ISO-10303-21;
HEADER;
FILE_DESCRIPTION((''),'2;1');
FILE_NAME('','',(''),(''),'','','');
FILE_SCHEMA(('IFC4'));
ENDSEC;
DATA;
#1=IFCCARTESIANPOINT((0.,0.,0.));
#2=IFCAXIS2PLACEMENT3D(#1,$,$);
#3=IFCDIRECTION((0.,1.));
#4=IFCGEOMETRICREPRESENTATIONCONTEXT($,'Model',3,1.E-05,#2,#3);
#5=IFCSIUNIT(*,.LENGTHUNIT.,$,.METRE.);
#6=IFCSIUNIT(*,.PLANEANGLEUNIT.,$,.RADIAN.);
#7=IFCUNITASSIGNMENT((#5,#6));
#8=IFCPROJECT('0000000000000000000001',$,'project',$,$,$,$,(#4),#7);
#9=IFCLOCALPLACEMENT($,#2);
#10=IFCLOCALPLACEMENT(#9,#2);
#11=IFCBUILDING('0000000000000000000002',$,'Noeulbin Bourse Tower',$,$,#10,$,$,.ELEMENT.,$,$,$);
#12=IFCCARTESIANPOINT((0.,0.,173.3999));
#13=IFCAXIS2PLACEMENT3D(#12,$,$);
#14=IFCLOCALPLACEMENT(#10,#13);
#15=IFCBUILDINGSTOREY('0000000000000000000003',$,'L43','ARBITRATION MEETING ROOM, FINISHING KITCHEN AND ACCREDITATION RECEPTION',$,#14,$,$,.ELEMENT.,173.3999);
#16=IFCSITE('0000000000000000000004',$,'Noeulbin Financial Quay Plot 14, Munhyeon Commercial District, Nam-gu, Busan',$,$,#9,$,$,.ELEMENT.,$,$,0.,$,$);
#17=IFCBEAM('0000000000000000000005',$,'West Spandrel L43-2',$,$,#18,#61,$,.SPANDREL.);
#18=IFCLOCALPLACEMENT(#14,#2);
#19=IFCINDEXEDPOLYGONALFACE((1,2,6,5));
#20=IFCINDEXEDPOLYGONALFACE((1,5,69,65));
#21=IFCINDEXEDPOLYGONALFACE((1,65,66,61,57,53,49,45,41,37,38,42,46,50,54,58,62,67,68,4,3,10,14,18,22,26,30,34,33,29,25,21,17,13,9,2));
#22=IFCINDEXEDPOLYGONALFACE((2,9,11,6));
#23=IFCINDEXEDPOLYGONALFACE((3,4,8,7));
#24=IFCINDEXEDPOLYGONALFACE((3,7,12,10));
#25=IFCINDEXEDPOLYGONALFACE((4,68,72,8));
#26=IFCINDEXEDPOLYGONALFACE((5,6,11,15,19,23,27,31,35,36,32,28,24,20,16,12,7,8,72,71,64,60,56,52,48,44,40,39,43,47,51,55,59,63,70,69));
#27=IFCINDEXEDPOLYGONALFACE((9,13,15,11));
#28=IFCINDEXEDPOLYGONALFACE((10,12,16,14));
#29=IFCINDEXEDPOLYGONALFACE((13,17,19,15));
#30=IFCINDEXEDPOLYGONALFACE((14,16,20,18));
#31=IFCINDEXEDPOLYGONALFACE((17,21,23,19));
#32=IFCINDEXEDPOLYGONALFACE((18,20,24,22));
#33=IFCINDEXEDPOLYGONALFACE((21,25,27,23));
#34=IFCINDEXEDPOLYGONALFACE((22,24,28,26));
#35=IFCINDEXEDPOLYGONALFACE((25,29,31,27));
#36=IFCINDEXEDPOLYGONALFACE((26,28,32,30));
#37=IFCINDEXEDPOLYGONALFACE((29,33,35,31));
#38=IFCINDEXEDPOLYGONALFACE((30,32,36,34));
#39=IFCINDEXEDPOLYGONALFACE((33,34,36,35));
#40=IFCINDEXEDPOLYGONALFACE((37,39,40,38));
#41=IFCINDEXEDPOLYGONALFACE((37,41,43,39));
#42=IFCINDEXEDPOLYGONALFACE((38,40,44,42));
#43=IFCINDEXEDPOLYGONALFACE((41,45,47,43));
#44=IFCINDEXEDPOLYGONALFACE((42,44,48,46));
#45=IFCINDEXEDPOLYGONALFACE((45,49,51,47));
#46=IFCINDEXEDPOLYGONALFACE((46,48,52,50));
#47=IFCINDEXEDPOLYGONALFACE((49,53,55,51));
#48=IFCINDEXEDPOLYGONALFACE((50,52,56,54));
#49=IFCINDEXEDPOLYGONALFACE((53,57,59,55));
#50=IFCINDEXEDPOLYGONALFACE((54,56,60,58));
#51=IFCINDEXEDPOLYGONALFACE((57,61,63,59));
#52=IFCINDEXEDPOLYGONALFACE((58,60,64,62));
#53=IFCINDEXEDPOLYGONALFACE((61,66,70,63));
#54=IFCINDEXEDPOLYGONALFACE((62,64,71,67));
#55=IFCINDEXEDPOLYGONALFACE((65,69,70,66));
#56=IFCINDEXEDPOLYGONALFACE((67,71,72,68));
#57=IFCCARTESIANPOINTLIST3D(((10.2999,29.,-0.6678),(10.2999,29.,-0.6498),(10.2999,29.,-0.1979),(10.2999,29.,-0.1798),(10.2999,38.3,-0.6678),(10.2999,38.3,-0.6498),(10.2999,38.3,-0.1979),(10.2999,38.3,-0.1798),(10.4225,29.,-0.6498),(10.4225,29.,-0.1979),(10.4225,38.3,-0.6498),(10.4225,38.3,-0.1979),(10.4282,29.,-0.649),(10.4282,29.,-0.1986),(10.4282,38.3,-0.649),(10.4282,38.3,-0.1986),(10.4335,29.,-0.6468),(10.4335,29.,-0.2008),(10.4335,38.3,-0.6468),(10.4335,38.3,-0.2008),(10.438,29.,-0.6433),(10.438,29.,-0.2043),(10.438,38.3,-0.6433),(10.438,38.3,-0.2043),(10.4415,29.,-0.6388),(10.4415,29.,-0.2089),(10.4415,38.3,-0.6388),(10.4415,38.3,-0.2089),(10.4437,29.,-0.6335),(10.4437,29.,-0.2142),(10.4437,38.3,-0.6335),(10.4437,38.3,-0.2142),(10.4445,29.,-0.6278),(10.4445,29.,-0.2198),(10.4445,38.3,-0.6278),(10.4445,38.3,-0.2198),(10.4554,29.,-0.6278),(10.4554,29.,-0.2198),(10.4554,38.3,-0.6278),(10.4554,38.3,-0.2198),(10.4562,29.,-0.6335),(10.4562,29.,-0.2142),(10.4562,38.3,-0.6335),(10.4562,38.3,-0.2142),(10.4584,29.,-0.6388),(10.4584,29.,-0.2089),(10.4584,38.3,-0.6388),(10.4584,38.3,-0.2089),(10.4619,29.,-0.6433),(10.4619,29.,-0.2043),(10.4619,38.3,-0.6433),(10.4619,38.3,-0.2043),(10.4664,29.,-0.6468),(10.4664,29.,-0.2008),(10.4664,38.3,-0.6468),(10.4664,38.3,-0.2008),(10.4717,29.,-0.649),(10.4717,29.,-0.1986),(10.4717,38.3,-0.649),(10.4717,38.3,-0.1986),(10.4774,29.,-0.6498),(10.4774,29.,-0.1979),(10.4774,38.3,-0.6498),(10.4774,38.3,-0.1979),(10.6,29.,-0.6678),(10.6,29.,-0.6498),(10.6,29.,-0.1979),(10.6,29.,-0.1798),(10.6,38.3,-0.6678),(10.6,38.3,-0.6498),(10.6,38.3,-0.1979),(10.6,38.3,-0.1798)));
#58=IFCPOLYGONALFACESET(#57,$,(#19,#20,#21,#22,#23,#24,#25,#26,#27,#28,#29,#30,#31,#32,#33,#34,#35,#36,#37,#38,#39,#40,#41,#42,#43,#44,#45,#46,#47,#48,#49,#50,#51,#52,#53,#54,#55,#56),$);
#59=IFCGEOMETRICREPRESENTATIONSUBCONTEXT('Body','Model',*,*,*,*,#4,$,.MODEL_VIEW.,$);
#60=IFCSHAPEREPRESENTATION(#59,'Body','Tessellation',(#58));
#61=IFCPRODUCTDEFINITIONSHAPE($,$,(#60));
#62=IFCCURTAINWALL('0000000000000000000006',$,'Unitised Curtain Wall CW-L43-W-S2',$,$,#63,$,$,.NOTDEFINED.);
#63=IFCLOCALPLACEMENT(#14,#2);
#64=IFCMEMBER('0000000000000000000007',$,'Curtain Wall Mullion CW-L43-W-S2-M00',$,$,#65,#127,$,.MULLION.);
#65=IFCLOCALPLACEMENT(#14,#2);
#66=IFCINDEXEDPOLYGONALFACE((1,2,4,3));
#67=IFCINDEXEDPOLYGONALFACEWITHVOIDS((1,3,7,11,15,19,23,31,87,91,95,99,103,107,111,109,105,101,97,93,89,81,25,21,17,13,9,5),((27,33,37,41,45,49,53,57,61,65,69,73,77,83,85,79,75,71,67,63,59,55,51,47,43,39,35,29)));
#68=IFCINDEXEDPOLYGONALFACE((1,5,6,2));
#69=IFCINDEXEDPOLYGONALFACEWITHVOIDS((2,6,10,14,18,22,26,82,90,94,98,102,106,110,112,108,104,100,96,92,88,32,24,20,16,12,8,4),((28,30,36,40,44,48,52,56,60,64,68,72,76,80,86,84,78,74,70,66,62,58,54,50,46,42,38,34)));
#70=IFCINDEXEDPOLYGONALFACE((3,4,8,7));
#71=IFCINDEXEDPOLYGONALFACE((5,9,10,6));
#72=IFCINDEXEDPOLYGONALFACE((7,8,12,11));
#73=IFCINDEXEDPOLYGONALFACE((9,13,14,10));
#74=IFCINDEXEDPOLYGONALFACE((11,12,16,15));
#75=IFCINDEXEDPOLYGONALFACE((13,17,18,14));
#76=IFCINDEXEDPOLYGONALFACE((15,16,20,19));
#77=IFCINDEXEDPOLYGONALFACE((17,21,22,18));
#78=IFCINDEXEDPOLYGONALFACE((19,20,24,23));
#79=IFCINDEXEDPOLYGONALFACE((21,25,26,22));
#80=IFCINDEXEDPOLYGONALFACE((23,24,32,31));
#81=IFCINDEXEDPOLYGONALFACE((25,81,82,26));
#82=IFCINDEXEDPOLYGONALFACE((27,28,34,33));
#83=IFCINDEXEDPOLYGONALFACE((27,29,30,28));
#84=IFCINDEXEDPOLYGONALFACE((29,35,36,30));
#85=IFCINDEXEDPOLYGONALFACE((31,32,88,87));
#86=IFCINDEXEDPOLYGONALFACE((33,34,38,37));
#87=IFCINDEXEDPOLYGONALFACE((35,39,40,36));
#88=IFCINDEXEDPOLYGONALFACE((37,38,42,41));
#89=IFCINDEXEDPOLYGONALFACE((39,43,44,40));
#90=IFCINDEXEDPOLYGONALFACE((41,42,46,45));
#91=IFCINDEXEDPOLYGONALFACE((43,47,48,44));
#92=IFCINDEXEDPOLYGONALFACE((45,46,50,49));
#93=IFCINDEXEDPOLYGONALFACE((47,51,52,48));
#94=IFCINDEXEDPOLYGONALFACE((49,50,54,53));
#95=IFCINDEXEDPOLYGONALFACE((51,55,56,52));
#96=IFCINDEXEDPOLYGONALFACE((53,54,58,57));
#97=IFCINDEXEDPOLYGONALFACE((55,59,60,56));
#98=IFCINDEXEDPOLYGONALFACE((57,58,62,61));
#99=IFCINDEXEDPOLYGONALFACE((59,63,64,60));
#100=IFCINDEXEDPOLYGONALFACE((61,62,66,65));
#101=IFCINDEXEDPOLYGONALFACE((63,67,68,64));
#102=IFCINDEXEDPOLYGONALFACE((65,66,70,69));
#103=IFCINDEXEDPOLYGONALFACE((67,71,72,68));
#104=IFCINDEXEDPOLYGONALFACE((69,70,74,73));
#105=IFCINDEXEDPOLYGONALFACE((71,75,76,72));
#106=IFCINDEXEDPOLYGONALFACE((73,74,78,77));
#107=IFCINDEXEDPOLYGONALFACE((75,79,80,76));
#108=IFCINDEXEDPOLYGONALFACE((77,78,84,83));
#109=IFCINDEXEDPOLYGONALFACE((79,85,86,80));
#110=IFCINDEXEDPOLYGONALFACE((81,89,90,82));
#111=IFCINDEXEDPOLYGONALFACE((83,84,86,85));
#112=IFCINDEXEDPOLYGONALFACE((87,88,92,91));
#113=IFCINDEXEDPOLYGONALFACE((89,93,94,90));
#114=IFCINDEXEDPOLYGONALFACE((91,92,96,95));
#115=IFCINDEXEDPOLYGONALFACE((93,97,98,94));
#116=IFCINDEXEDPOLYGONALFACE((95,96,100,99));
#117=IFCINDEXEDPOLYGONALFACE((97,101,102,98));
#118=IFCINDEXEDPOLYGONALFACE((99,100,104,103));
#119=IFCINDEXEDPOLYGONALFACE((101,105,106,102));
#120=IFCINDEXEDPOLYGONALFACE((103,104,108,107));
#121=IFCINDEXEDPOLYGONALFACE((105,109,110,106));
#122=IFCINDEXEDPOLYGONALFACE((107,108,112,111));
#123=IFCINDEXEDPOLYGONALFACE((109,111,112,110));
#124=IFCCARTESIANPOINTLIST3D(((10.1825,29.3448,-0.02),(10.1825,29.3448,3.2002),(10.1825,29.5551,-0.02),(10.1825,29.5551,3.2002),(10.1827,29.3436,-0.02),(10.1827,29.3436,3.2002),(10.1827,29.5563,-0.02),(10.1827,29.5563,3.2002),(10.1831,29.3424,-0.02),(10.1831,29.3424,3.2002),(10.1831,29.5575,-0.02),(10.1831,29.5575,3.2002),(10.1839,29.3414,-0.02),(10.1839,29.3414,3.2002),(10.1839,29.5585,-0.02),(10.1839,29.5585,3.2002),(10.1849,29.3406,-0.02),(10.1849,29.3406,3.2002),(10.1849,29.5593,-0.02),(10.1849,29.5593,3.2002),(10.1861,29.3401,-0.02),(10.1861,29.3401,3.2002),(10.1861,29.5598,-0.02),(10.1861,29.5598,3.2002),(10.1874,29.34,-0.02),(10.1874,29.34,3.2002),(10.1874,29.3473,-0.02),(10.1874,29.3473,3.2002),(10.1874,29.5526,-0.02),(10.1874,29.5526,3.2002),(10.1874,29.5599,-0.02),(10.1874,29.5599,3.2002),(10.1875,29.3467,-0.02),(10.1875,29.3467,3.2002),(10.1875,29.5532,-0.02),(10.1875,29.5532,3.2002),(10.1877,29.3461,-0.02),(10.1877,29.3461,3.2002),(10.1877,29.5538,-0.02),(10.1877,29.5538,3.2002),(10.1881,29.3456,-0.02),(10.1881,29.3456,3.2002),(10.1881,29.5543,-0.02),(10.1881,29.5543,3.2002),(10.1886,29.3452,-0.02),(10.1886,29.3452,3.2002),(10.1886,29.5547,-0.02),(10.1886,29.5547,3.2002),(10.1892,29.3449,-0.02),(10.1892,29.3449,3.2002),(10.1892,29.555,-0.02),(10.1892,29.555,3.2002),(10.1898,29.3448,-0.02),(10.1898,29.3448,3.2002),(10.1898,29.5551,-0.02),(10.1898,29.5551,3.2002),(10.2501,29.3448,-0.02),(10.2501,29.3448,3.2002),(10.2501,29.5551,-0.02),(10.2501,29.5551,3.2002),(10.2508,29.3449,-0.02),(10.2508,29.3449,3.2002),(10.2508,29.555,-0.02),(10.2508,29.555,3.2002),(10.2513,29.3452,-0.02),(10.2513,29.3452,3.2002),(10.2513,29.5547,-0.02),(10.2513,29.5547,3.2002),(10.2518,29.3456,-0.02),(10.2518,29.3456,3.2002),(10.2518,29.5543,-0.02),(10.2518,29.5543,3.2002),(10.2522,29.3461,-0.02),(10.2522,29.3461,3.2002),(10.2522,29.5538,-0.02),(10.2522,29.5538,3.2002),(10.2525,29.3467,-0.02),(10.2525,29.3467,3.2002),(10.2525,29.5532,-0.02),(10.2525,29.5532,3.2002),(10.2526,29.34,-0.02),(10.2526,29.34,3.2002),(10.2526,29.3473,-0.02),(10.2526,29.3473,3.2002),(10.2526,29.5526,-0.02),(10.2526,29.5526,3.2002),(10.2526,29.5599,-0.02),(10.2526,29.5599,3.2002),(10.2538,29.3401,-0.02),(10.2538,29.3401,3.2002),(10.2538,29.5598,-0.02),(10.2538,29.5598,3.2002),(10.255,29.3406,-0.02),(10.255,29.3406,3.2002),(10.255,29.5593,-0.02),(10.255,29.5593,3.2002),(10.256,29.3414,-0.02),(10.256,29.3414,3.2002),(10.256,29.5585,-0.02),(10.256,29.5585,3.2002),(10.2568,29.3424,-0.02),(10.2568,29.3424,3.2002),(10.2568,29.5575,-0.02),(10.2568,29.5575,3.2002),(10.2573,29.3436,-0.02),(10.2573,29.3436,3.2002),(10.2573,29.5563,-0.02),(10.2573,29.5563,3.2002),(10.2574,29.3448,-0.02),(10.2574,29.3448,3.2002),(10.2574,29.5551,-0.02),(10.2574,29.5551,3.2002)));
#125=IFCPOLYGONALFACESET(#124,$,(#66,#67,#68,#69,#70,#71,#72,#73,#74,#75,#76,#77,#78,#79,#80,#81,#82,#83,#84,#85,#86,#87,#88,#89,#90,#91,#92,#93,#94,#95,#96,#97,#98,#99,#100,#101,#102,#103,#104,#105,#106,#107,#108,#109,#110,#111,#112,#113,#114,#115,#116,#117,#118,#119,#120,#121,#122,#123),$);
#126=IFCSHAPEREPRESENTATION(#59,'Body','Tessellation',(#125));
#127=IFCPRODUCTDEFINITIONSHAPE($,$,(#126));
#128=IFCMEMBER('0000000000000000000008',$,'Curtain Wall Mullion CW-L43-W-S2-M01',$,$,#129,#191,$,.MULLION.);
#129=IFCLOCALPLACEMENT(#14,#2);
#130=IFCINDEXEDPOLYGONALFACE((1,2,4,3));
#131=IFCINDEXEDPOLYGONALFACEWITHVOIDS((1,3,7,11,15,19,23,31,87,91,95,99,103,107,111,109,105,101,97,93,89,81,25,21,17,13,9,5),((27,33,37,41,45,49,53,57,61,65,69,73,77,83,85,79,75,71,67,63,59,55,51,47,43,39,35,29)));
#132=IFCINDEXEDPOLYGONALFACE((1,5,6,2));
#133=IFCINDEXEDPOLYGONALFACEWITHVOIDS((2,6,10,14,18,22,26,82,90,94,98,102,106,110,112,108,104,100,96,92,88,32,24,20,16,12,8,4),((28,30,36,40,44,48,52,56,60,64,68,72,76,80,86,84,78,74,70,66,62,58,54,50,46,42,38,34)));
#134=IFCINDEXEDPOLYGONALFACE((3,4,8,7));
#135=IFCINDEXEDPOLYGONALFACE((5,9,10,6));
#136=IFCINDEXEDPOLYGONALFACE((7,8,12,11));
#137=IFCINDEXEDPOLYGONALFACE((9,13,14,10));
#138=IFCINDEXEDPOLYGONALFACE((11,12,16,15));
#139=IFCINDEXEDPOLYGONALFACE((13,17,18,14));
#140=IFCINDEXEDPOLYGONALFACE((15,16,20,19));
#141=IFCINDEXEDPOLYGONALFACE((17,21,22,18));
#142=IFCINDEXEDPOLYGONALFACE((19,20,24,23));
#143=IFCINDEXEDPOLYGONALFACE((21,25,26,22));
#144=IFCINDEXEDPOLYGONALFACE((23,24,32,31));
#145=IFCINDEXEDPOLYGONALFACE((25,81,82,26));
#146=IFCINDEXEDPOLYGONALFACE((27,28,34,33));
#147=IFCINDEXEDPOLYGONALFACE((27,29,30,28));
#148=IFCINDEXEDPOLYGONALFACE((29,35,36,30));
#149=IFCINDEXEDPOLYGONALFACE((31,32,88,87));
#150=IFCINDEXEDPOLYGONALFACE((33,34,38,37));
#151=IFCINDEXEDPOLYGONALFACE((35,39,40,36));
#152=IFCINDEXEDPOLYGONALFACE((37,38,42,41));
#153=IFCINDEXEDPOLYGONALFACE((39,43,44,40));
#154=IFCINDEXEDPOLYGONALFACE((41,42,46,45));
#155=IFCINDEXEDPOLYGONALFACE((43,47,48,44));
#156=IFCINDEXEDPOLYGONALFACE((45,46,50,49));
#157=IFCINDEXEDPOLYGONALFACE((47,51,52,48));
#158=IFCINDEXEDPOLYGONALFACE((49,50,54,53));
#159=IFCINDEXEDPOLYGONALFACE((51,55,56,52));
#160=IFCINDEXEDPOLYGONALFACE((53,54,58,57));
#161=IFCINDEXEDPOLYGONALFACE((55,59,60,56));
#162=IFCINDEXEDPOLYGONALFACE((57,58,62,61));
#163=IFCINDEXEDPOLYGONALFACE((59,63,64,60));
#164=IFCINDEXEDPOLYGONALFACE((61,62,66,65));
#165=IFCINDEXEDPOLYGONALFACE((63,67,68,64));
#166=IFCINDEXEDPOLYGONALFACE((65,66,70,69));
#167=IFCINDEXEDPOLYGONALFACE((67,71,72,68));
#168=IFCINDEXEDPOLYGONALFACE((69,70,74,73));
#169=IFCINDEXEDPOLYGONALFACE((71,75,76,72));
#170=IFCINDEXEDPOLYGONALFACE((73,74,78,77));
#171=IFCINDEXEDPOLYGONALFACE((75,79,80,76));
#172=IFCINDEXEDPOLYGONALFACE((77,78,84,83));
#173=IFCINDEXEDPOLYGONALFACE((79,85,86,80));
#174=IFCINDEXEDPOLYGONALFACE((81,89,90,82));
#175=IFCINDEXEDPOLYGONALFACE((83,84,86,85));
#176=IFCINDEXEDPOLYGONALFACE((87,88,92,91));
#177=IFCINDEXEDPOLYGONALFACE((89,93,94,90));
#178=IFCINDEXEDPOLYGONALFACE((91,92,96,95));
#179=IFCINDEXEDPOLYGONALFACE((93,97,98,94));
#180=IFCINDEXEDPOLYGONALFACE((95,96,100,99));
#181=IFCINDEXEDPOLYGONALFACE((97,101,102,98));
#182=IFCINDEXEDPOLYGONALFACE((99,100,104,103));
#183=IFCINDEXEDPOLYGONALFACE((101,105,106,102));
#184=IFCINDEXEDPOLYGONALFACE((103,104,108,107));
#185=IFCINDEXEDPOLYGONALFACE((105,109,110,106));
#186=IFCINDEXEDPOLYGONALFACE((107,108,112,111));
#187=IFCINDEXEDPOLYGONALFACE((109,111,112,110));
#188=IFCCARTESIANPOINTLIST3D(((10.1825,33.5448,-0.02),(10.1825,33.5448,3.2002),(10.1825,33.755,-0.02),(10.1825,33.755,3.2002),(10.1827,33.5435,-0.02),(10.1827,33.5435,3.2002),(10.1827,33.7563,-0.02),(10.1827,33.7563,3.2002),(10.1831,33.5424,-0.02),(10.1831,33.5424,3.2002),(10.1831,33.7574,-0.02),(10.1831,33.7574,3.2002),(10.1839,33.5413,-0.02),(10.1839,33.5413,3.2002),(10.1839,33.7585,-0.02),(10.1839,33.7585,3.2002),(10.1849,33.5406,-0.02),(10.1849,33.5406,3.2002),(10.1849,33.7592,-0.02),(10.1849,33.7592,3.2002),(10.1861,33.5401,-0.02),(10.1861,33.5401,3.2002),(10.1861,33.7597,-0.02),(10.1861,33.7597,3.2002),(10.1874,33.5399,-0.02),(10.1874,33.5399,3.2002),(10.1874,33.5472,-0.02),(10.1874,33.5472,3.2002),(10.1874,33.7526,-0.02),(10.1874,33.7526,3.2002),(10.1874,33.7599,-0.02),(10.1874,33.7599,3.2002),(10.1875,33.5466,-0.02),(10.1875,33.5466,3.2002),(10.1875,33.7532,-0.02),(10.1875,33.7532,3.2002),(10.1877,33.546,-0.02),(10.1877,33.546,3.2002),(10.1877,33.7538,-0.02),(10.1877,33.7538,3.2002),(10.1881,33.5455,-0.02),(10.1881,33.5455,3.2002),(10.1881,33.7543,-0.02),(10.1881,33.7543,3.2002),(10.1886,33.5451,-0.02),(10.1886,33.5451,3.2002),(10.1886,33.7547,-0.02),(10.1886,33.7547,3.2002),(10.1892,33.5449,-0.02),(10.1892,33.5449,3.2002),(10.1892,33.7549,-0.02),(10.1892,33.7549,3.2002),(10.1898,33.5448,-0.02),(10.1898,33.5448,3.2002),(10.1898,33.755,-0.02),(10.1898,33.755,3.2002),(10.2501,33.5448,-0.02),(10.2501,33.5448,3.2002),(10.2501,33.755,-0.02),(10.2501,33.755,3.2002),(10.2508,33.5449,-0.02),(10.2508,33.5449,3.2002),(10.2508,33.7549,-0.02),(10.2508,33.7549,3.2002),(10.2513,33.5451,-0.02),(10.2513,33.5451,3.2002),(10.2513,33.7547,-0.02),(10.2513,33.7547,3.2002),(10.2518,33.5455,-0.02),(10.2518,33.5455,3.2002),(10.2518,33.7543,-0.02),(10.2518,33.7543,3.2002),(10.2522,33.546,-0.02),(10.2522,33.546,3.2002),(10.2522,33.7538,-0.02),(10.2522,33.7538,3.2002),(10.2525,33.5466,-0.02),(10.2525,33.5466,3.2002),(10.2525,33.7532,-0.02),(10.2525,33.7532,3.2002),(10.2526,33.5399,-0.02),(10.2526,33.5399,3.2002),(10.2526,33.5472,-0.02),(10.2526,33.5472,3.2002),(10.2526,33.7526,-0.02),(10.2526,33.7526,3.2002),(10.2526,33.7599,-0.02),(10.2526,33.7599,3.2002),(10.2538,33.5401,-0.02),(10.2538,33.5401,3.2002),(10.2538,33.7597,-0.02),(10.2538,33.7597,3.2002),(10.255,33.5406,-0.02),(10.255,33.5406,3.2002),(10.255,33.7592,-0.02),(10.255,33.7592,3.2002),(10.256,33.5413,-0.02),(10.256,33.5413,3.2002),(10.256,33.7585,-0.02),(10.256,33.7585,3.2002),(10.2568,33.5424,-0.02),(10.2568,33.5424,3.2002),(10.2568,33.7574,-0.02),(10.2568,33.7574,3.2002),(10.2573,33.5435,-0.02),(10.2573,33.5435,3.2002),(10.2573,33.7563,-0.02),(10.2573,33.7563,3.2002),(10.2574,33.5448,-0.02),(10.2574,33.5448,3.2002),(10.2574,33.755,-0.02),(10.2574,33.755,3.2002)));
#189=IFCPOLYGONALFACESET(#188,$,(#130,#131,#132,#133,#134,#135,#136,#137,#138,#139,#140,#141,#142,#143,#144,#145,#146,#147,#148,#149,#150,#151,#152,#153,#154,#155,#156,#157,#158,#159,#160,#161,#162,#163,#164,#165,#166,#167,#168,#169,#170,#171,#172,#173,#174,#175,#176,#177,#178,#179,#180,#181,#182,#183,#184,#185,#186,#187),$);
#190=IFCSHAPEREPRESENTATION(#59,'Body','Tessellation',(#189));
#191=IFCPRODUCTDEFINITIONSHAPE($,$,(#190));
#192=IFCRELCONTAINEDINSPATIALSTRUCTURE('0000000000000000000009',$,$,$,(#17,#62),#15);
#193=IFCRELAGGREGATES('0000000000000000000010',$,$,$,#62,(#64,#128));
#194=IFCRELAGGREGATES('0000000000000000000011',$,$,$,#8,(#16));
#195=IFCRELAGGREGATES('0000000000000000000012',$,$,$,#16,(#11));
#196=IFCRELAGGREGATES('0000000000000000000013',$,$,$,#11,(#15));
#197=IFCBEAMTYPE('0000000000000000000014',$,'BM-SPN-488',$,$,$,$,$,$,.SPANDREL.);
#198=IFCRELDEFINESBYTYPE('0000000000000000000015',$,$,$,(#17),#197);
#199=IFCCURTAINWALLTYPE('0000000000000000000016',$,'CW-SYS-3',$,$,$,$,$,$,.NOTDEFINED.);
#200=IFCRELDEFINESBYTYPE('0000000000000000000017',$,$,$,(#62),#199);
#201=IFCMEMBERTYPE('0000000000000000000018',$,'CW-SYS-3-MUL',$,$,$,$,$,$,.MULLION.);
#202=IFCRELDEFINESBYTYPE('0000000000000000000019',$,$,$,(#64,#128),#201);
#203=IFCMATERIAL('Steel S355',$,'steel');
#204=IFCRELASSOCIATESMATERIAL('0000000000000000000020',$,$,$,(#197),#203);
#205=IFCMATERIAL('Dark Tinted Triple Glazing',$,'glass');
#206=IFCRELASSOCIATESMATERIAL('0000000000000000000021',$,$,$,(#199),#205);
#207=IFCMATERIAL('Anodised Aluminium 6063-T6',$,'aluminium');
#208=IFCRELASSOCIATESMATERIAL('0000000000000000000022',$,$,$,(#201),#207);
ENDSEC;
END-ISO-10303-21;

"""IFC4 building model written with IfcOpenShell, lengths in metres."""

from ifc_helpers import new_model, si_unit, direction, frame, origin, origin_2d, place, context, subcontext, project, spatial, hollow_rectangle, i_section, extrude, material, material_profile, profile_set, type_object, element, aggregate, save


model = new_model("IFC4")

# Units and contexts
model_context = context("Model", 3, precision=1e-05, world=origin(), true_north=direction((0.0, 1.0)))
body_context = subcontext(model_context, "Body", "Model", "MODEL_VIEW")
ifc_project = project(units=[si_unit("LENGTHUNIT", "METRE"), si_unit("PLANEANGLEUNIT", "RADIAN")], contexts=[model_context])

# Site, building, storey
site_placement = place(None, origin())
site = spatial("IfcSite", under=ifc_project, at=site_placement, Name="Noeulbin Financial Quay Plot 14, Munhyeon Commercial District, Nam-gu, Busan", CompositionType="ELEMENT", RefElevation=0.0)
building_placement = place(site_placement, origin())
building = spatial("IfcBuilding", under=site, at=building_placement, Name="Noeulbin Bourse Tower", CompositionType="ELEMENT")
storey_placement = place(building_placement, frame((0.0, 0.0, 173.3999)))
storey = spatial("IfcBuildingStorey", under=building, at=storey_placement, Name="L43", Description="ARBITRATION MEETING ROOM, FINISHING KITCHEN AND ACCREDITATION RECEPTION", CompositionType="ELEMENT", Elevation=173.3999)

# Beam
ifc_material_1 = material(Name="Steel S355", Category="steel")
ifc_material_profile_1 = material_profile(ifc_material_1, i_section(OverallWidth=0.3, OverallDepth=0.488, WebThickness=0.011, FlangeThickness=0.0181, FilletRadius=0.022, at=origin_2d()), Name="H-488x300x11x18", Category="LoadBearing")
ifc_profile_set_1 = profile_set([ifc_material_profile_1], Name="Steel S355")
beam_type_1 = type_object("IfcBeamType", Name="BM-SPN-488", PredefinedType="SPANDREL", material=ifc_profile_set_1)
beam_1_placement = place(storey_placement, frame((10.45, 29.0, -0.4238), z_axis=(0.0, 1.0, 0.0), x_axis=(-1.0, 0.0, 0.0)))
element("IfcBeam", 1, at=beam_1_placement, inside=storey, type_object=beam_type_1, Name="West Spandrel L43-2", PredefinedType="SPANDREL", context=body_context, shape_type="SweptSolid", body=[
    extrude(i_section(OverallWidth=0.3, OverallDepth=0.488, WebThickness=0.011, FlangeThickness=0.0181, FilletRadius=0.022, at=origin_2d()), origin(), (0.0, 0.0, 1.0), 9.3),
])

# Curtain wall, members
ifc_material_2 = material(Name="Dark Tinted Triple Glazing", Category="glass")
curtain_wall_type = type_object("IfcCurtainWallType", Name="CW-SYS-3", PredefinedType="NOTDEFINED", material=ifc_material_2)
curtain_wall_placement = place(storey_placement, origin())
curtain_wall = element("IfcCurtainWall", 2, at=curtain_wall_placement, inside=storey, type_object=curtain_wall_type, Name="Unitised Curtain Wall CW-L43-W-S2", PredefinedType="NOTDEFINED")
ifc_material_3 = material(Name="Anodised Aluminium 6063-T6", Category="aluminium")
ifc_material_profile_2 = material_profile(ifc_material_3, hollow_rectangle(XDim=0.075, YDim=0.22, WallThickness=0.0049, InnerFilletRadius=0.0024, OuterFilletRadius=0.0049, at=origin_2d()), Name="ALU-MULL-75x220x5", Category="LoadBearing")
ifc_profile_set_2 = profile_set([ifc_material_profile_2], Name="Anodised Aluminium 6063-T6")
member_type_1 = type_object("IfcMemberType", Name="CW-SYS-3-MUL", PredefinedType="MULLION", material=ifc_profile_set_2)
member_1_placement = place(storey_placement, frame((10.22, 29.45, -0.02), z_axis=(0.0, 0.0, 1.0), x_axis=(1.0, 0.0, 0.0)))
member_1 = element("IfcMember", 3, at=member_1_placement, type_object=member_type_1, Name="Curtain Wall Mullion CW-L43-W-S2-M00", PredefinedType="MULLION", context=body_context, shape_type="SweptSolid", body=[
    extrude(hollow_rectangle(XDim=0.075, YDim=0.22, WallThickness=0.0049, InnerFilletRadius=0.0024, OuterFilletRadius=0.0049, at=origin_2d()), origin(), (0.0, 0.0, 1.0), 3.2202),
])
member_2_placement = place(storey_placement, frame((10.22, 33.6499, -0.02), z_axis=(0.0, 0.0, 1.0), x_axis=(1.0, 0.0, 0.0)))
member_2 = element("IfcMember", 4, at=member_2_placement, type_object=member_type_1, Name="Curtain Wall Mullion CW-L43-W-S2-M01", PredefinedType="MULLION", context=body_context, shape_type="SweptSolid", body=[
    extrude(hollow_rectangle(XDim=0.075, YDim=0.22, WallThickness=0.0049, InnerFilletRadius=0.0024, OuterFilletRadius=0.0049, at=origin_2d()), origin(), (0.0, 0.0, 1.0), 3.2202),
])
aggregate(curtain_wall, [member_1, member_2])

save(model, "model.ifc")
